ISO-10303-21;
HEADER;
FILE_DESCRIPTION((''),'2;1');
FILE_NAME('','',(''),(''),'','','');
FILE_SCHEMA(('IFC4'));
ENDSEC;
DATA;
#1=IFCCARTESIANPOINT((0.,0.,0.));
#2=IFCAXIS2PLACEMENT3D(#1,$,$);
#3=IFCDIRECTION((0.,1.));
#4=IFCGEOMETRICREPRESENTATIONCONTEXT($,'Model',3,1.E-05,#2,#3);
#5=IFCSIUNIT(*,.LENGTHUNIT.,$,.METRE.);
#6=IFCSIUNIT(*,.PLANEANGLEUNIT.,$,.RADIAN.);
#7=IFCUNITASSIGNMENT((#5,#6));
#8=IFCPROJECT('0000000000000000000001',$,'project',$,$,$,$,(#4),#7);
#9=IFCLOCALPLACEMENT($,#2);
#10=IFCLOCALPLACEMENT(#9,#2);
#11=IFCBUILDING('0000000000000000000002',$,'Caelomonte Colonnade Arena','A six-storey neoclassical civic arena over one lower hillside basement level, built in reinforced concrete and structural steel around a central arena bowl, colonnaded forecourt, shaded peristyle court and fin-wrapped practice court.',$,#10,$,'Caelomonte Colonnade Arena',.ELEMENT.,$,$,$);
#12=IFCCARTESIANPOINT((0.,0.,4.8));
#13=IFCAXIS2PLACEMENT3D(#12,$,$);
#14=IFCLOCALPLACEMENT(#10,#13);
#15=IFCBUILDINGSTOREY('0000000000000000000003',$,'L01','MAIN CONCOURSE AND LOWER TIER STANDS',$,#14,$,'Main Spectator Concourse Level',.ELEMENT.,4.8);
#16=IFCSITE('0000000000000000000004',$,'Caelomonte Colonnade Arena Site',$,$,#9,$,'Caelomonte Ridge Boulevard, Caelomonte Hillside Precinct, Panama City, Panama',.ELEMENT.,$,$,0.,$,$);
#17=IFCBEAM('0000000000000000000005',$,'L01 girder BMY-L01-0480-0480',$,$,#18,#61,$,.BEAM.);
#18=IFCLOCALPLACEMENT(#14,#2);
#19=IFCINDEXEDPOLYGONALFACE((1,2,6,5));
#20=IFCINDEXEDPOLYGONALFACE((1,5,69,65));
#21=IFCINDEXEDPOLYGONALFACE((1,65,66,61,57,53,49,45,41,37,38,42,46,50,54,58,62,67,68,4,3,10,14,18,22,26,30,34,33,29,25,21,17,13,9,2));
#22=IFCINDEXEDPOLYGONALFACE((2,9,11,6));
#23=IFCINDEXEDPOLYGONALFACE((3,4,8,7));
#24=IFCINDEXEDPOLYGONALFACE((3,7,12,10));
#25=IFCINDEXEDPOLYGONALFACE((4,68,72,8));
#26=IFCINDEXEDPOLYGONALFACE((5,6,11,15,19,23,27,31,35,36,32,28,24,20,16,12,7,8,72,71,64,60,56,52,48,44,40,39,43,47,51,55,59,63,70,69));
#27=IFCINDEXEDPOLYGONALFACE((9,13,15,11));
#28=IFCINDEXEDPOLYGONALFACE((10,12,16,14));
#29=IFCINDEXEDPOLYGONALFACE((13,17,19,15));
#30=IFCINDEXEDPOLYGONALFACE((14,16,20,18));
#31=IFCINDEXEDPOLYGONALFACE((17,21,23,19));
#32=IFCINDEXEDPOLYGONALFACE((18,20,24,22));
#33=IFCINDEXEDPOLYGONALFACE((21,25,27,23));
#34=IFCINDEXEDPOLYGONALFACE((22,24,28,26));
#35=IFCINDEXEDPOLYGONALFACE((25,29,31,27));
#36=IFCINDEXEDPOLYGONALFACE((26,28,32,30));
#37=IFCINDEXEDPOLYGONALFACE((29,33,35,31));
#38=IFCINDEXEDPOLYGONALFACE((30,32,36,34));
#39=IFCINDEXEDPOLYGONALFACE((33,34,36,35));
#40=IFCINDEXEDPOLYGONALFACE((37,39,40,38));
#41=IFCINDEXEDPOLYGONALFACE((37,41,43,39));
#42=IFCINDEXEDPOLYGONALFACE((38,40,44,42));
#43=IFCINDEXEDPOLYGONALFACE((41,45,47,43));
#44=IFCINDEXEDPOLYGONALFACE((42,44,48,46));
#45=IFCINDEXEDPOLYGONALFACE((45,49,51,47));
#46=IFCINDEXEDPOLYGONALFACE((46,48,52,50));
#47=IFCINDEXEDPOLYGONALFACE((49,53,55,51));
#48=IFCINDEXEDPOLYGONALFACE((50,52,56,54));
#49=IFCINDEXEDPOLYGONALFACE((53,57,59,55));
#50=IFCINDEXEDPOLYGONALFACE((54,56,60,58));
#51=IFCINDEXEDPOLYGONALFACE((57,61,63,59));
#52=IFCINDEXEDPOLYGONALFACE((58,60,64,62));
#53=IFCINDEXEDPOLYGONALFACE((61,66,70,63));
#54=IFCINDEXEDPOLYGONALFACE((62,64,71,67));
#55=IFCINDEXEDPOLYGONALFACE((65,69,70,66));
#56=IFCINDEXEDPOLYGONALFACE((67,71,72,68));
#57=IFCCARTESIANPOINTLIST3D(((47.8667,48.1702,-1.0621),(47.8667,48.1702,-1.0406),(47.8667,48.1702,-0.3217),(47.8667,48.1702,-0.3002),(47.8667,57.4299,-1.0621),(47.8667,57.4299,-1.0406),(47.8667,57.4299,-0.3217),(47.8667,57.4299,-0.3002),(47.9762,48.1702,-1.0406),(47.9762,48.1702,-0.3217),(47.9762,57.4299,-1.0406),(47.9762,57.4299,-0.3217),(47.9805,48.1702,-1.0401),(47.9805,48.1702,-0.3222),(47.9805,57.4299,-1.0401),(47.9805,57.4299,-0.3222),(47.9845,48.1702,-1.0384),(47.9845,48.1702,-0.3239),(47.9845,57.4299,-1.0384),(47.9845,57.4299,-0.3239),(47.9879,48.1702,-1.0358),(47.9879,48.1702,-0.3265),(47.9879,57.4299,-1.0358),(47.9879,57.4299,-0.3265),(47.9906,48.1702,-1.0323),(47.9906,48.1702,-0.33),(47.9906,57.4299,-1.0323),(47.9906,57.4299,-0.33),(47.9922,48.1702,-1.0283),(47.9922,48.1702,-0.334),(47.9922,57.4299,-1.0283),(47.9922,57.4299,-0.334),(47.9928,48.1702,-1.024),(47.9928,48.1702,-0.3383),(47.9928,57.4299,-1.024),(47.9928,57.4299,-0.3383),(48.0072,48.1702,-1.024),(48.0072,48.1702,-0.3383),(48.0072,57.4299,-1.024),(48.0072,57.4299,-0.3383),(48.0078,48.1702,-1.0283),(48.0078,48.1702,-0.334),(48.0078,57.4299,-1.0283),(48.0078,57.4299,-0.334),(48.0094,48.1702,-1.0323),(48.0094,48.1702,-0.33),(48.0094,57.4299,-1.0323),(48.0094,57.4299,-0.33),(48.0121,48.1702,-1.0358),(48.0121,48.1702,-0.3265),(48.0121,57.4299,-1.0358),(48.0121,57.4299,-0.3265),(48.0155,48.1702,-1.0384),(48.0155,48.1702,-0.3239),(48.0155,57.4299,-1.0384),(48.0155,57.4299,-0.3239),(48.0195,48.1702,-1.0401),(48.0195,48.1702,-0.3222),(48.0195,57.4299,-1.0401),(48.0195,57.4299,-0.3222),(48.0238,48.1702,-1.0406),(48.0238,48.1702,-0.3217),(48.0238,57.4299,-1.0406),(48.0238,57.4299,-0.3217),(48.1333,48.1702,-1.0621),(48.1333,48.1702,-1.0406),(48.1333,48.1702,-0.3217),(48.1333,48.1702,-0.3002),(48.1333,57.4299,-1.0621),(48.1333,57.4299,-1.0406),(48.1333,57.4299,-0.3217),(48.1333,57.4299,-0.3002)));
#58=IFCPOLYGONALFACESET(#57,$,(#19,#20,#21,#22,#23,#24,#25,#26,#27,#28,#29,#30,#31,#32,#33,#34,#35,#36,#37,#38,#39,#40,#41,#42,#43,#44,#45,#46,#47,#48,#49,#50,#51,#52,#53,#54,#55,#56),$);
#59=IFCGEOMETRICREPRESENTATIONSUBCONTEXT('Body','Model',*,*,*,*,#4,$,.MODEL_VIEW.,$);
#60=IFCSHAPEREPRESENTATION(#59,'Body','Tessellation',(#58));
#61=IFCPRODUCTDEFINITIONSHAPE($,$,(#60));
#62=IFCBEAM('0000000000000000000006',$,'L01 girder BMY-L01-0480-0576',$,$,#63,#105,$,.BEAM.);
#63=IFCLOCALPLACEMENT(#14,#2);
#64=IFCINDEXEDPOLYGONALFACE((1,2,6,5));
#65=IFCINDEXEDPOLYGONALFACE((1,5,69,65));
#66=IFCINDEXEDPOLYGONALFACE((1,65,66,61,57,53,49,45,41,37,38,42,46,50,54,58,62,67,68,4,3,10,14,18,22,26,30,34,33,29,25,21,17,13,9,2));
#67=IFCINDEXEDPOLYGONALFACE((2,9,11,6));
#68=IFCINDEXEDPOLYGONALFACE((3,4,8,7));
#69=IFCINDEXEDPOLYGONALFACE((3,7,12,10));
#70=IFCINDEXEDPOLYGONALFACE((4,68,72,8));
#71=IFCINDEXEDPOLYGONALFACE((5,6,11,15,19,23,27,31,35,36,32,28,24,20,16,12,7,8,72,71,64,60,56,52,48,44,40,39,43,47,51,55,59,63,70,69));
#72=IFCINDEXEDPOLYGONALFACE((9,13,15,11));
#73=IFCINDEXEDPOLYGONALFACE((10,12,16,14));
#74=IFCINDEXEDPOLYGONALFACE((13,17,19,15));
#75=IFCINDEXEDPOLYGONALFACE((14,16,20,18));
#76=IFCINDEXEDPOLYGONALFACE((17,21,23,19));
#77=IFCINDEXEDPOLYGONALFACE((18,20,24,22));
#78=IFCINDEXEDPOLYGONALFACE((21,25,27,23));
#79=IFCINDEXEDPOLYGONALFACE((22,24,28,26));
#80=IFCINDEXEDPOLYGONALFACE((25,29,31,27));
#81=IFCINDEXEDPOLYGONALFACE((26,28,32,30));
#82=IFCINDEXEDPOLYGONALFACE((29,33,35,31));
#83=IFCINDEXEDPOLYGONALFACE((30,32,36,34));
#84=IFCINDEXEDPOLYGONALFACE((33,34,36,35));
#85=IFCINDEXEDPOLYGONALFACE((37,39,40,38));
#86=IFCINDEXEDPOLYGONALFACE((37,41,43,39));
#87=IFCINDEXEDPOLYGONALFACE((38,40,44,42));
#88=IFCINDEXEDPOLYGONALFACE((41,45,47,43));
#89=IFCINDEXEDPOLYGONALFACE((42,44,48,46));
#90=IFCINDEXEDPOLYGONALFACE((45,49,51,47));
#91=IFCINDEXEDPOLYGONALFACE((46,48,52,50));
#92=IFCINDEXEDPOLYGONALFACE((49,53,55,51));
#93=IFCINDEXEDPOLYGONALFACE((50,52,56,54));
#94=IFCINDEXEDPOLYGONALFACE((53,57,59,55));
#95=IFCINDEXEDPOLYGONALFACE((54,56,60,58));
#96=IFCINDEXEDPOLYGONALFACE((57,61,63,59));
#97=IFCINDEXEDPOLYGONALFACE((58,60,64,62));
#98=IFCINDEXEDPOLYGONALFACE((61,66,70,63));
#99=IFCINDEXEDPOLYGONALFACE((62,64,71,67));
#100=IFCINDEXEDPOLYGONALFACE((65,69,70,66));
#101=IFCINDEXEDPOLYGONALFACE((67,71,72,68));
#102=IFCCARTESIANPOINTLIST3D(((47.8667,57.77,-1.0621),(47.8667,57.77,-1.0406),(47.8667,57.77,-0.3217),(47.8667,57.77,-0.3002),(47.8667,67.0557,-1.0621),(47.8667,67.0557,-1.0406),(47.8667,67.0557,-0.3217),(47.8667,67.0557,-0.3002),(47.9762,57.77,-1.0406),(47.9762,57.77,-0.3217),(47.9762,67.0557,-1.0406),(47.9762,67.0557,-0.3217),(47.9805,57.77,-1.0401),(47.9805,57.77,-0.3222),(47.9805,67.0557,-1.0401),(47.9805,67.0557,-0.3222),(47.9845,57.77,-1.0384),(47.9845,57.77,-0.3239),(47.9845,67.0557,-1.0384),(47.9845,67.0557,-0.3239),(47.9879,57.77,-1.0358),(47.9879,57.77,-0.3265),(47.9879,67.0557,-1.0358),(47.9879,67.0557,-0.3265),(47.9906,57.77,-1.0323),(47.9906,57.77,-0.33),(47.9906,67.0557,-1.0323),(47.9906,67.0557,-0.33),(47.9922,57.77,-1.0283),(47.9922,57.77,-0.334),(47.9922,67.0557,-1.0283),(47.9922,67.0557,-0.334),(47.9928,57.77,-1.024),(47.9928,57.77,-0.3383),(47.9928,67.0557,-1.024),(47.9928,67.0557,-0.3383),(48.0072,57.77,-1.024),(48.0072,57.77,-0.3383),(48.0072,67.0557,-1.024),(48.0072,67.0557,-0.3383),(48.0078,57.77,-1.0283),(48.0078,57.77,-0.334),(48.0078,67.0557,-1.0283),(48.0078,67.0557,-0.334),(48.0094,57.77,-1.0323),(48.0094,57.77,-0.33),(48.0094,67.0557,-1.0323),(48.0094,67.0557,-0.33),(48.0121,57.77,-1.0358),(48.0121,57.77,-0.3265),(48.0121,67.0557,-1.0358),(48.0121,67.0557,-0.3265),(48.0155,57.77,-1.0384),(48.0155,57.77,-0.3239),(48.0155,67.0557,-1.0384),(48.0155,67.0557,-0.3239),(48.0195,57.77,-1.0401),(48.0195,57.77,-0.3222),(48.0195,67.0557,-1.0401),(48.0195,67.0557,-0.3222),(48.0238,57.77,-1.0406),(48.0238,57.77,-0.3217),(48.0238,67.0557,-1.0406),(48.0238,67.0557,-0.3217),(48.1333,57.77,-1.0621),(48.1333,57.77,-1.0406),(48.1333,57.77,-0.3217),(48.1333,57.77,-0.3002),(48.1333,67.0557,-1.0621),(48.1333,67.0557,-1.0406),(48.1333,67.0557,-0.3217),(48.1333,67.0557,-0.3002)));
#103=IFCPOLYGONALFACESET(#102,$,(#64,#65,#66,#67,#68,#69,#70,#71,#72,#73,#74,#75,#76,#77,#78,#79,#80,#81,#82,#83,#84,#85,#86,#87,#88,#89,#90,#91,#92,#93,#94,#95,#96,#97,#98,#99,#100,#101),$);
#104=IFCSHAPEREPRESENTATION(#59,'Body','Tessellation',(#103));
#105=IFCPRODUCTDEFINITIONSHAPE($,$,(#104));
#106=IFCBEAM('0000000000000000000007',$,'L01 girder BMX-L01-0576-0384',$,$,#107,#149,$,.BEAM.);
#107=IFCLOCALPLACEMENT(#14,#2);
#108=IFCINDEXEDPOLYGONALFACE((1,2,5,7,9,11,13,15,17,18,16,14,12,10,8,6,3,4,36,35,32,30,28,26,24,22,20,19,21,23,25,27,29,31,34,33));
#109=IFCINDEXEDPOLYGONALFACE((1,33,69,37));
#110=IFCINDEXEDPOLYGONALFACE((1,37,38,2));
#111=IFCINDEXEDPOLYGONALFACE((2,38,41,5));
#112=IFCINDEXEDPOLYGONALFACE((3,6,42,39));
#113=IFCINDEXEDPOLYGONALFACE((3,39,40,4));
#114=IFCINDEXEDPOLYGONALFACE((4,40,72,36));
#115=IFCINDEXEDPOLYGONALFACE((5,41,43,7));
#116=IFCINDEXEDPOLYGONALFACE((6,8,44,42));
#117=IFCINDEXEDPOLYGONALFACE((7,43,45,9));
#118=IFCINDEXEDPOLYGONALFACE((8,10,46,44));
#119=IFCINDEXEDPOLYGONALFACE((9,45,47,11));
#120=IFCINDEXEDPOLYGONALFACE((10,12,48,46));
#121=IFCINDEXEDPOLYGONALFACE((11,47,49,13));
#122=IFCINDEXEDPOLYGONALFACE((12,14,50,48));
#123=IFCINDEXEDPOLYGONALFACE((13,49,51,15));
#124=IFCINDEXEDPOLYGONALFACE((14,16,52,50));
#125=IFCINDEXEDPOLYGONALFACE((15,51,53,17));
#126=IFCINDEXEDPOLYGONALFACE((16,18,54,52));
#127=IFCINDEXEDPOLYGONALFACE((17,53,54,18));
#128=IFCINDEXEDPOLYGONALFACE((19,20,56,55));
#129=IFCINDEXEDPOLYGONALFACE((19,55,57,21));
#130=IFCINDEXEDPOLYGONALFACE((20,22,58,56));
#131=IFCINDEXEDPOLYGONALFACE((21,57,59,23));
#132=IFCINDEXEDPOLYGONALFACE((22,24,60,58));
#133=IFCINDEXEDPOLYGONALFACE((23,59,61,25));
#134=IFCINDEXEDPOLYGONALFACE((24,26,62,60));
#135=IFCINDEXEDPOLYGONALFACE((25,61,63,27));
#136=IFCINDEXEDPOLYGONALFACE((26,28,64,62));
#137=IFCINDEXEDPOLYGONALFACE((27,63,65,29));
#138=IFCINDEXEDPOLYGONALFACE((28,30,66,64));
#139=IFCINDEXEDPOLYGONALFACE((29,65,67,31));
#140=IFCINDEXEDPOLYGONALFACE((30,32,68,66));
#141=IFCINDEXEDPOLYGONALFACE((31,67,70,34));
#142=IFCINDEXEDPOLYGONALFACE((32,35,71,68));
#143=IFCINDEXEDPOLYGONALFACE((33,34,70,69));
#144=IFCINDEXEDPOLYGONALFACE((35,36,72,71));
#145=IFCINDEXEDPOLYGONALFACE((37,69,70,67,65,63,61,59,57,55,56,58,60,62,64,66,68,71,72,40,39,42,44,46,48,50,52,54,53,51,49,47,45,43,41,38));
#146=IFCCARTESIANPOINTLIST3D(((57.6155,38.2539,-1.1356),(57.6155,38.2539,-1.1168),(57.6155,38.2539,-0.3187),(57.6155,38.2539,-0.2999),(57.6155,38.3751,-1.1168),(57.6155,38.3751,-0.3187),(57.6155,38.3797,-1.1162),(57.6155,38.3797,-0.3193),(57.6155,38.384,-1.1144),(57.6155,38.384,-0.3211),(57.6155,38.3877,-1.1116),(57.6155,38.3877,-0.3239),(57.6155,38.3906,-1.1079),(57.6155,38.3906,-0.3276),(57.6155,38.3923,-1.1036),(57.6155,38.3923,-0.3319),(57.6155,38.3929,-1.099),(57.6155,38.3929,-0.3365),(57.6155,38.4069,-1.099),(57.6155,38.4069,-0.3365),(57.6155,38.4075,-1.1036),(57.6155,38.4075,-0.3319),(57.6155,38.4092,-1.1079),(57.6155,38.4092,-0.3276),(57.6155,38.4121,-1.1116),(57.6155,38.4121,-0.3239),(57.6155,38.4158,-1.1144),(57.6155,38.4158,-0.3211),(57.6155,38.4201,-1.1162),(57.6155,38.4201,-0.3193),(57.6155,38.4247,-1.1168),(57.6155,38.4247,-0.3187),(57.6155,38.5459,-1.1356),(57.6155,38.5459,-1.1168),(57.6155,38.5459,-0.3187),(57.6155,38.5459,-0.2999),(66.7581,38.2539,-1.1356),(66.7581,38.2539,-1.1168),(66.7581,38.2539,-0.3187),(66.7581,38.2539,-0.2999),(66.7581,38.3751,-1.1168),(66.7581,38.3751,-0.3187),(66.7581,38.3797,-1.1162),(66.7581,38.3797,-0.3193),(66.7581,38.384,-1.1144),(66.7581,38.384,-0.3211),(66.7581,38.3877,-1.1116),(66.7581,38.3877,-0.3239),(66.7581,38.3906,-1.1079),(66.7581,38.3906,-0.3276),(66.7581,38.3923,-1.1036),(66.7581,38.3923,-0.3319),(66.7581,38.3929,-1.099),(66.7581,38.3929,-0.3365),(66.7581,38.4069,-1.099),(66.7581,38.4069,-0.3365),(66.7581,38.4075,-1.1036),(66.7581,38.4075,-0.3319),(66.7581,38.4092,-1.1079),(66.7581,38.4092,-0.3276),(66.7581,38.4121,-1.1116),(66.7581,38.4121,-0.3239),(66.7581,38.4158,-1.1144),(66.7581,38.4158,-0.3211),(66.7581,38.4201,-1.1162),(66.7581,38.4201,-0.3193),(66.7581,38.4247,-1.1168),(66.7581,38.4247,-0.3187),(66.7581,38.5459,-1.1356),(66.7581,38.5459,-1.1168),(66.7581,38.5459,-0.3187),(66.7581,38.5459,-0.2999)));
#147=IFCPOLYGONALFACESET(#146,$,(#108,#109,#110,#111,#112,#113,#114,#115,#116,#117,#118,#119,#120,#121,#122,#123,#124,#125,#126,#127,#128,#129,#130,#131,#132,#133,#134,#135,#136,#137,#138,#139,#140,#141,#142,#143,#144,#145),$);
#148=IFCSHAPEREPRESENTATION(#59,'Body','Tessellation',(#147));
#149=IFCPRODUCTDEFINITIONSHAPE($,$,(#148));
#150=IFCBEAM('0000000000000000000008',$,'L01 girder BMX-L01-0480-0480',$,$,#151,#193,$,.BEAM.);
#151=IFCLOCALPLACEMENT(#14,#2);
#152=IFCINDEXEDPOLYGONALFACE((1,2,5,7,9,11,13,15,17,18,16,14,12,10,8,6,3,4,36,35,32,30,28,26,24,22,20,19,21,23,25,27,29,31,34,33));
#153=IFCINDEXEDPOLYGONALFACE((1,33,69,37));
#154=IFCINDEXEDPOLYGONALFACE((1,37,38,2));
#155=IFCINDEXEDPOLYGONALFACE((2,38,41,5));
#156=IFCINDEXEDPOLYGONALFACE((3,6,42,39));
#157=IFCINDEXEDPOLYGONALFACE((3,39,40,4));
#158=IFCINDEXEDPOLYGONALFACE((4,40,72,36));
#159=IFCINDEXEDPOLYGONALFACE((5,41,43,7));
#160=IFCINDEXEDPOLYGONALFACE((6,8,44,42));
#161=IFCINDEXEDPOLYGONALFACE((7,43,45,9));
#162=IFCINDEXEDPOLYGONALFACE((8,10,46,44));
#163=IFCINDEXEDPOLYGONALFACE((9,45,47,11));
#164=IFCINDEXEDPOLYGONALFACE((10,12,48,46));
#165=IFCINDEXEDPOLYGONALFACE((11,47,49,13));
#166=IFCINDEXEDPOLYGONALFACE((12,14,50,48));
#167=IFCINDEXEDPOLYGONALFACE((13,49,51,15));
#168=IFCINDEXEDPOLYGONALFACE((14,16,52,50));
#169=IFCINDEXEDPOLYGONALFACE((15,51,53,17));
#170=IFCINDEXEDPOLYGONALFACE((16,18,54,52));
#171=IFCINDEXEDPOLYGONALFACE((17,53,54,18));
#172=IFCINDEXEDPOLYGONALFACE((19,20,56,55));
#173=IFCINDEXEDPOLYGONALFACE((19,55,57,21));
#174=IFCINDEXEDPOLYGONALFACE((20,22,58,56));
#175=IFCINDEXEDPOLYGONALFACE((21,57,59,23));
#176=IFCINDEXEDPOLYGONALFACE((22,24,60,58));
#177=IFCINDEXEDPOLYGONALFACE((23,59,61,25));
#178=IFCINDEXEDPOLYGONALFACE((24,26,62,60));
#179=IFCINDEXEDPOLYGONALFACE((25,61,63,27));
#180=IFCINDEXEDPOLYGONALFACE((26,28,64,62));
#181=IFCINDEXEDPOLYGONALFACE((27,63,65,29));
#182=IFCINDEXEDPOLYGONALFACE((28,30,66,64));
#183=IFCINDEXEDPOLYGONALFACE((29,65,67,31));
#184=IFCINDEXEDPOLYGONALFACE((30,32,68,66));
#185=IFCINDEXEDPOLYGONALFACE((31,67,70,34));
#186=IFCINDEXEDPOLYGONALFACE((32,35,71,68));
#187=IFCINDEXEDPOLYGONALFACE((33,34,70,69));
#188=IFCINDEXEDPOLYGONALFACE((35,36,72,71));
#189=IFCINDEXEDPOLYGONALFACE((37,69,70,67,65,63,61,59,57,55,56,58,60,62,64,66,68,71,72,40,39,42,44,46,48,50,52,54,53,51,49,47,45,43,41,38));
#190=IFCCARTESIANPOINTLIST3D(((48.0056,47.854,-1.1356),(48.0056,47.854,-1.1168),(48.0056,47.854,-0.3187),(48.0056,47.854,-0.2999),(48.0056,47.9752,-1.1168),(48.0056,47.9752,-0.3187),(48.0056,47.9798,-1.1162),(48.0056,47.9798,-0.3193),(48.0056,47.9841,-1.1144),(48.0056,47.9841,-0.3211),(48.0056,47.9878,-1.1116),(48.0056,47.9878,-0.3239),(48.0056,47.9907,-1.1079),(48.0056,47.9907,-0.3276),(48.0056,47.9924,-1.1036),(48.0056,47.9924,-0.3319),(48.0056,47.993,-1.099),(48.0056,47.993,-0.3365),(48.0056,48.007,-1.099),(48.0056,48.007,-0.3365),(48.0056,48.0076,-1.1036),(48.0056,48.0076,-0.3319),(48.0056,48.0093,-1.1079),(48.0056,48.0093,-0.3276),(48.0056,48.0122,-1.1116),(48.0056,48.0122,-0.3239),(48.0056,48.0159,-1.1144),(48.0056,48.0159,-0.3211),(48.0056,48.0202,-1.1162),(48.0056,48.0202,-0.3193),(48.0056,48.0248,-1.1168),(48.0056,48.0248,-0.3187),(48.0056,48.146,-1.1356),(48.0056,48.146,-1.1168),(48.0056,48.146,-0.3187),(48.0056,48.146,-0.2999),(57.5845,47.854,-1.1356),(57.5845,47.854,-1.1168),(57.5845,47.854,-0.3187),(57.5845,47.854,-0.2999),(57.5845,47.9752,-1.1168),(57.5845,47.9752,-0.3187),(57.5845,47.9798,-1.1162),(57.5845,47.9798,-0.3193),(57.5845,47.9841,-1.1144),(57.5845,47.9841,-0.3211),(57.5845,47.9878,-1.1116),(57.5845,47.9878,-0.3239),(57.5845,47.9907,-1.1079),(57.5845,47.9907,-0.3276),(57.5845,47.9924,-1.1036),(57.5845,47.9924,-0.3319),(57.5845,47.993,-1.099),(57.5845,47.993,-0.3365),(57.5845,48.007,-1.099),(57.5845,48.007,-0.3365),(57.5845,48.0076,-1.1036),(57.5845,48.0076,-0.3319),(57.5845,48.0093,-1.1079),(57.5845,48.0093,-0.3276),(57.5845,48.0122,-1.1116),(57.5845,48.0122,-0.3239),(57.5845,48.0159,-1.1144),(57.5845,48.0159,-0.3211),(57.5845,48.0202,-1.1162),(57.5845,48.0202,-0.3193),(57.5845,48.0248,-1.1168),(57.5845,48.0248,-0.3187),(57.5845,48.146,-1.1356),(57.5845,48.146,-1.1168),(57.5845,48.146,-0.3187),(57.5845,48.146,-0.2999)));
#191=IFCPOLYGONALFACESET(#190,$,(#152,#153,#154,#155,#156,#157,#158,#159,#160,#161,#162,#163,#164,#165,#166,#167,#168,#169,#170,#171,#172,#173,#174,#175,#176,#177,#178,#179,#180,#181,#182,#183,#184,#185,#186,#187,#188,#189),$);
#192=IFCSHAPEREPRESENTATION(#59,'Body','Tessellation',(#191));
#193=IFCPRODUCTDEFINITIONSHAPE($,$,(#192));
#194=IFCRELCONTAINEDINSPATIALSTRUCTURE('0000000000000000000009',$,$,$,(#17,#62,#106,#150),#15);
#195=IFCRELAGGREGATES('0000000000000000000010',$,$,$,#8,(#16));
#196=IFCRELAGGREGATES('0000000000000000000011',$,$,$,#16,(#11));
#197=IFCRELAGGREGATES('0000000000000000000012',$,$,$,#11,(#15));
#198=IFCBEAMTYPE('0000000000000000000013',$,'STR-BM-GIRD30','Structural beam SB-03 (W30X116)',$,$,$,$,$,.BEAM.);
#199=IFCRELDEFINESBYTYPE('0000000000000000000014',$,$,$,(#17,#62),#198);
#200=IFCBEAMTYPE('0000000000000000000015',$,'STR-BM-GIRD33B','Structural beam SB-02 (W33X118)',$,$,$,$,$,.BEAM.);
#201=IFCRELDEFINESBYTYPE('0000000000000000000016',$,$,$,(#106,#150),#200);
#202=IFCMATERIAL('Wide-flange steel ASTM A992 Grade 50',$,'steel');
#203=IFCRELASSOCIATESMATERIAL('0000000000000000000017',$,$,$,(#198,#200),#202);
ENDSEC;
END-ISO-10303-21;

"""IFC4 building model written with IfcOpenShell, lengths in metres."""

from ifc_helpers import new_model, si_unit, direction, frame, origin, origin_2d, place, context, subcontext, project, spatial, i_section, extrude, material, material_profile, profile_set, type_object, element, save


model = new_model("IFC4")

# Units and contexts
model_context = context("Model", 3, precision=1e-05, world=origin(), true_north=direction((0.0, 1.0)))
body_context = subcontext(model_context, "Body", "Model", "MODEL_VIEW")
ifc_project = project(units=[si_unit("LENGTHUNIT", "METRE"), si_unit("PLANEANGLEUNIT", "RADIAN")], contexts=[model_context])

# Site, building, storey
site_placement = place(None, origin())
site = spatial("IfcSite", under=ifc_project, at=site_placement, Name="Caelomonte Colonnade Arena Site", LongName="Caelomonte Ridge Boulevard, Caelomonte Hillside Precinct, Panama City, Panama", CompositionType="ELEMENT", RefElevation=0.0)
building_placement = place(site_placement, origin())
building = spatial("IfcBuilding", under=site, at=building_placement, Name="Caelomonte Colonnade Arena", Description="A six-storey neoclassical civic arena over one lower hillside basement level, built in reinforced concrete and structural steel around a central arena bowl, colonnaded forecourt, shaded peristyle court and fin-wrapped practice court.", LongName="Caelomonte Colonnade Arena", CompositionType="ELEMENT")
storey_placement = place(building_placement, frame((0.0, 0.0, 4.8)))
storey = spatial("IfcBuildingStorey", under=building, at=storey_placement, Name="L01", Description="MAIN CONCOURSE AND LOWER TIER STANDS", LongName="Main Spectator Concourse Level", CompositionType="ELEMENT", Elevation=4.8)

# Shared definitions
ifc_material_1 = material(Name="Wide-flange steel ASTM A992 Grade 50", Category="steel")

# Beams
ifc_material_profile_1 = material_profile(ifc_material_1, i_section(OverallWidth=0.2666, OverallDepth=0.762, WebThickness=0.0144, FlangeThickness=0.0215, FilletRadius=0.0166, at=origin_2d()), Name="W30X116")
ifc_profile_set_1 = profile_set([ifc_material_profile_1], Name="Wide-flange steel ASTM A992 Grade 50")
beam_type_1 = type_object("IfcBeamType", Name="STR-BM-GIRD30", Description="Structural beam SB-03 (W30X116)", PredefinedType="BEAM", material=ifc_profile_set_1)
beam_1_placement = place(storey_placement, frame((48.0, 48.1702, -0.6812), z_axis=(0.0, 1.0, 0.0), x_axis=(-1.0, 0.0, 0.0)))
element("IfcBeam", 1, at=beam_1_placement, inside=storey, type_object=beam_type_1, Name="L01 girder BMY-L01-0480-0480", PredefinedType="BEAM", context=body_context, shape_type="SweptSolid", body=[
    extrude(i_section(OverallWidth=0.2666, OverallDepth=0.762, WebThickness=0.0144, FlangeThickness=0.0215, FilletRadius=0.0166, at=origin_2d()), origin(), (0.0, 0.0, 1.0), 9.2598),
])
beam_2_placement = place(storey_placement, frame((48.0, 57.77, -0.6812), z_axis=(0.0, 1.0, 0.0), x_axis=(-1.0, 0.0, 0.0)))
element("IfcBeam", 2, at=beam_2_placement, inside=storey, type_object=beam_type_1, Name="L01 girder BMY-L01-0480-0576", PredefinedType="BEAM", context=body_context, shape_type="SweptSolid", body=[
    extrude(i_section(OverallWidth=0.2666, OverallDepth=0.762, WebThickness=0.0144, FlangeThickness=0.0215, FilletRadius=0.0166, at=origin_2d()), origin(), (0.0, 0.0, 1.0), 9.2856),
])
ifc_material_profile_2 = material_profile(ifc_material_1, i_section(OverallWidth=0.292, OverallDepth=0.8357, WebThickness=0.0139, FlangeThickness=0.0188, FilletRadius=0.0178, at=origin_2d()), Name="W33X118")
ifc_profile_set_2 = profile_set([ifc_material_profile_2], Name="Wide-flange steel ASTM A992 Grade 50")
beam_type_2 = type_object("IfcBeamType", Name="STR-BM-GIRD33B", Description="Structural beam SB-02 (W33X118)", PredefinedType="BEAM", material=ifc_profile_set_2)
beam_3_placement = place(storey_placement, frame((57.6155, 38.3999, -0.7178), z_axis=(1.0, 0.0, 0.0), x_axis=(0.0, 1.0, 0.0)))
element("IfcBeam", 3, at=beam_3_placement, inside=storey, type_object=beam_type_2, Name="L01 girder BMX-L01-0576-0384", PredefinedType="BEAM", context=body_context, shape_type="SweptSolid", body=[
    extrude(i_section(OverallWidth=0.292, OverallDepth=0.8357, WebThickness=0.0139, FlangeThickness=0.0188, FilletRadius=0.0178, at=origin_2d()), origin(), (0.0, 0.0, 1.0), 9.1426),
])
beam_4_placement = place(storey_placement, frame((48.0056, 48.0, -0.7178), z_axis=(1.0, 0.0, 0.0), x_axis=(0.0, 1.0, 0.0)))
element("IfcBeam", 4, at=beam_4_placement, inside=storey, type_object=beam_type_2, Name="L01 girder BMX-L01-0480-0480", PredefinedType="BEAM", context=body_context, shape_type="SweptSolid", body=[
    extrude(i_section(OverallWidth=0.292, OverallDepth=0.8357, WebThickness=0.0139, FlangeThickness=0.0188, FilletRadius=0.0178, at=origin_2d()), origin(), (0.0, 0.0, 1.0), 9.5789),
])

save(model, "model.ifc")
